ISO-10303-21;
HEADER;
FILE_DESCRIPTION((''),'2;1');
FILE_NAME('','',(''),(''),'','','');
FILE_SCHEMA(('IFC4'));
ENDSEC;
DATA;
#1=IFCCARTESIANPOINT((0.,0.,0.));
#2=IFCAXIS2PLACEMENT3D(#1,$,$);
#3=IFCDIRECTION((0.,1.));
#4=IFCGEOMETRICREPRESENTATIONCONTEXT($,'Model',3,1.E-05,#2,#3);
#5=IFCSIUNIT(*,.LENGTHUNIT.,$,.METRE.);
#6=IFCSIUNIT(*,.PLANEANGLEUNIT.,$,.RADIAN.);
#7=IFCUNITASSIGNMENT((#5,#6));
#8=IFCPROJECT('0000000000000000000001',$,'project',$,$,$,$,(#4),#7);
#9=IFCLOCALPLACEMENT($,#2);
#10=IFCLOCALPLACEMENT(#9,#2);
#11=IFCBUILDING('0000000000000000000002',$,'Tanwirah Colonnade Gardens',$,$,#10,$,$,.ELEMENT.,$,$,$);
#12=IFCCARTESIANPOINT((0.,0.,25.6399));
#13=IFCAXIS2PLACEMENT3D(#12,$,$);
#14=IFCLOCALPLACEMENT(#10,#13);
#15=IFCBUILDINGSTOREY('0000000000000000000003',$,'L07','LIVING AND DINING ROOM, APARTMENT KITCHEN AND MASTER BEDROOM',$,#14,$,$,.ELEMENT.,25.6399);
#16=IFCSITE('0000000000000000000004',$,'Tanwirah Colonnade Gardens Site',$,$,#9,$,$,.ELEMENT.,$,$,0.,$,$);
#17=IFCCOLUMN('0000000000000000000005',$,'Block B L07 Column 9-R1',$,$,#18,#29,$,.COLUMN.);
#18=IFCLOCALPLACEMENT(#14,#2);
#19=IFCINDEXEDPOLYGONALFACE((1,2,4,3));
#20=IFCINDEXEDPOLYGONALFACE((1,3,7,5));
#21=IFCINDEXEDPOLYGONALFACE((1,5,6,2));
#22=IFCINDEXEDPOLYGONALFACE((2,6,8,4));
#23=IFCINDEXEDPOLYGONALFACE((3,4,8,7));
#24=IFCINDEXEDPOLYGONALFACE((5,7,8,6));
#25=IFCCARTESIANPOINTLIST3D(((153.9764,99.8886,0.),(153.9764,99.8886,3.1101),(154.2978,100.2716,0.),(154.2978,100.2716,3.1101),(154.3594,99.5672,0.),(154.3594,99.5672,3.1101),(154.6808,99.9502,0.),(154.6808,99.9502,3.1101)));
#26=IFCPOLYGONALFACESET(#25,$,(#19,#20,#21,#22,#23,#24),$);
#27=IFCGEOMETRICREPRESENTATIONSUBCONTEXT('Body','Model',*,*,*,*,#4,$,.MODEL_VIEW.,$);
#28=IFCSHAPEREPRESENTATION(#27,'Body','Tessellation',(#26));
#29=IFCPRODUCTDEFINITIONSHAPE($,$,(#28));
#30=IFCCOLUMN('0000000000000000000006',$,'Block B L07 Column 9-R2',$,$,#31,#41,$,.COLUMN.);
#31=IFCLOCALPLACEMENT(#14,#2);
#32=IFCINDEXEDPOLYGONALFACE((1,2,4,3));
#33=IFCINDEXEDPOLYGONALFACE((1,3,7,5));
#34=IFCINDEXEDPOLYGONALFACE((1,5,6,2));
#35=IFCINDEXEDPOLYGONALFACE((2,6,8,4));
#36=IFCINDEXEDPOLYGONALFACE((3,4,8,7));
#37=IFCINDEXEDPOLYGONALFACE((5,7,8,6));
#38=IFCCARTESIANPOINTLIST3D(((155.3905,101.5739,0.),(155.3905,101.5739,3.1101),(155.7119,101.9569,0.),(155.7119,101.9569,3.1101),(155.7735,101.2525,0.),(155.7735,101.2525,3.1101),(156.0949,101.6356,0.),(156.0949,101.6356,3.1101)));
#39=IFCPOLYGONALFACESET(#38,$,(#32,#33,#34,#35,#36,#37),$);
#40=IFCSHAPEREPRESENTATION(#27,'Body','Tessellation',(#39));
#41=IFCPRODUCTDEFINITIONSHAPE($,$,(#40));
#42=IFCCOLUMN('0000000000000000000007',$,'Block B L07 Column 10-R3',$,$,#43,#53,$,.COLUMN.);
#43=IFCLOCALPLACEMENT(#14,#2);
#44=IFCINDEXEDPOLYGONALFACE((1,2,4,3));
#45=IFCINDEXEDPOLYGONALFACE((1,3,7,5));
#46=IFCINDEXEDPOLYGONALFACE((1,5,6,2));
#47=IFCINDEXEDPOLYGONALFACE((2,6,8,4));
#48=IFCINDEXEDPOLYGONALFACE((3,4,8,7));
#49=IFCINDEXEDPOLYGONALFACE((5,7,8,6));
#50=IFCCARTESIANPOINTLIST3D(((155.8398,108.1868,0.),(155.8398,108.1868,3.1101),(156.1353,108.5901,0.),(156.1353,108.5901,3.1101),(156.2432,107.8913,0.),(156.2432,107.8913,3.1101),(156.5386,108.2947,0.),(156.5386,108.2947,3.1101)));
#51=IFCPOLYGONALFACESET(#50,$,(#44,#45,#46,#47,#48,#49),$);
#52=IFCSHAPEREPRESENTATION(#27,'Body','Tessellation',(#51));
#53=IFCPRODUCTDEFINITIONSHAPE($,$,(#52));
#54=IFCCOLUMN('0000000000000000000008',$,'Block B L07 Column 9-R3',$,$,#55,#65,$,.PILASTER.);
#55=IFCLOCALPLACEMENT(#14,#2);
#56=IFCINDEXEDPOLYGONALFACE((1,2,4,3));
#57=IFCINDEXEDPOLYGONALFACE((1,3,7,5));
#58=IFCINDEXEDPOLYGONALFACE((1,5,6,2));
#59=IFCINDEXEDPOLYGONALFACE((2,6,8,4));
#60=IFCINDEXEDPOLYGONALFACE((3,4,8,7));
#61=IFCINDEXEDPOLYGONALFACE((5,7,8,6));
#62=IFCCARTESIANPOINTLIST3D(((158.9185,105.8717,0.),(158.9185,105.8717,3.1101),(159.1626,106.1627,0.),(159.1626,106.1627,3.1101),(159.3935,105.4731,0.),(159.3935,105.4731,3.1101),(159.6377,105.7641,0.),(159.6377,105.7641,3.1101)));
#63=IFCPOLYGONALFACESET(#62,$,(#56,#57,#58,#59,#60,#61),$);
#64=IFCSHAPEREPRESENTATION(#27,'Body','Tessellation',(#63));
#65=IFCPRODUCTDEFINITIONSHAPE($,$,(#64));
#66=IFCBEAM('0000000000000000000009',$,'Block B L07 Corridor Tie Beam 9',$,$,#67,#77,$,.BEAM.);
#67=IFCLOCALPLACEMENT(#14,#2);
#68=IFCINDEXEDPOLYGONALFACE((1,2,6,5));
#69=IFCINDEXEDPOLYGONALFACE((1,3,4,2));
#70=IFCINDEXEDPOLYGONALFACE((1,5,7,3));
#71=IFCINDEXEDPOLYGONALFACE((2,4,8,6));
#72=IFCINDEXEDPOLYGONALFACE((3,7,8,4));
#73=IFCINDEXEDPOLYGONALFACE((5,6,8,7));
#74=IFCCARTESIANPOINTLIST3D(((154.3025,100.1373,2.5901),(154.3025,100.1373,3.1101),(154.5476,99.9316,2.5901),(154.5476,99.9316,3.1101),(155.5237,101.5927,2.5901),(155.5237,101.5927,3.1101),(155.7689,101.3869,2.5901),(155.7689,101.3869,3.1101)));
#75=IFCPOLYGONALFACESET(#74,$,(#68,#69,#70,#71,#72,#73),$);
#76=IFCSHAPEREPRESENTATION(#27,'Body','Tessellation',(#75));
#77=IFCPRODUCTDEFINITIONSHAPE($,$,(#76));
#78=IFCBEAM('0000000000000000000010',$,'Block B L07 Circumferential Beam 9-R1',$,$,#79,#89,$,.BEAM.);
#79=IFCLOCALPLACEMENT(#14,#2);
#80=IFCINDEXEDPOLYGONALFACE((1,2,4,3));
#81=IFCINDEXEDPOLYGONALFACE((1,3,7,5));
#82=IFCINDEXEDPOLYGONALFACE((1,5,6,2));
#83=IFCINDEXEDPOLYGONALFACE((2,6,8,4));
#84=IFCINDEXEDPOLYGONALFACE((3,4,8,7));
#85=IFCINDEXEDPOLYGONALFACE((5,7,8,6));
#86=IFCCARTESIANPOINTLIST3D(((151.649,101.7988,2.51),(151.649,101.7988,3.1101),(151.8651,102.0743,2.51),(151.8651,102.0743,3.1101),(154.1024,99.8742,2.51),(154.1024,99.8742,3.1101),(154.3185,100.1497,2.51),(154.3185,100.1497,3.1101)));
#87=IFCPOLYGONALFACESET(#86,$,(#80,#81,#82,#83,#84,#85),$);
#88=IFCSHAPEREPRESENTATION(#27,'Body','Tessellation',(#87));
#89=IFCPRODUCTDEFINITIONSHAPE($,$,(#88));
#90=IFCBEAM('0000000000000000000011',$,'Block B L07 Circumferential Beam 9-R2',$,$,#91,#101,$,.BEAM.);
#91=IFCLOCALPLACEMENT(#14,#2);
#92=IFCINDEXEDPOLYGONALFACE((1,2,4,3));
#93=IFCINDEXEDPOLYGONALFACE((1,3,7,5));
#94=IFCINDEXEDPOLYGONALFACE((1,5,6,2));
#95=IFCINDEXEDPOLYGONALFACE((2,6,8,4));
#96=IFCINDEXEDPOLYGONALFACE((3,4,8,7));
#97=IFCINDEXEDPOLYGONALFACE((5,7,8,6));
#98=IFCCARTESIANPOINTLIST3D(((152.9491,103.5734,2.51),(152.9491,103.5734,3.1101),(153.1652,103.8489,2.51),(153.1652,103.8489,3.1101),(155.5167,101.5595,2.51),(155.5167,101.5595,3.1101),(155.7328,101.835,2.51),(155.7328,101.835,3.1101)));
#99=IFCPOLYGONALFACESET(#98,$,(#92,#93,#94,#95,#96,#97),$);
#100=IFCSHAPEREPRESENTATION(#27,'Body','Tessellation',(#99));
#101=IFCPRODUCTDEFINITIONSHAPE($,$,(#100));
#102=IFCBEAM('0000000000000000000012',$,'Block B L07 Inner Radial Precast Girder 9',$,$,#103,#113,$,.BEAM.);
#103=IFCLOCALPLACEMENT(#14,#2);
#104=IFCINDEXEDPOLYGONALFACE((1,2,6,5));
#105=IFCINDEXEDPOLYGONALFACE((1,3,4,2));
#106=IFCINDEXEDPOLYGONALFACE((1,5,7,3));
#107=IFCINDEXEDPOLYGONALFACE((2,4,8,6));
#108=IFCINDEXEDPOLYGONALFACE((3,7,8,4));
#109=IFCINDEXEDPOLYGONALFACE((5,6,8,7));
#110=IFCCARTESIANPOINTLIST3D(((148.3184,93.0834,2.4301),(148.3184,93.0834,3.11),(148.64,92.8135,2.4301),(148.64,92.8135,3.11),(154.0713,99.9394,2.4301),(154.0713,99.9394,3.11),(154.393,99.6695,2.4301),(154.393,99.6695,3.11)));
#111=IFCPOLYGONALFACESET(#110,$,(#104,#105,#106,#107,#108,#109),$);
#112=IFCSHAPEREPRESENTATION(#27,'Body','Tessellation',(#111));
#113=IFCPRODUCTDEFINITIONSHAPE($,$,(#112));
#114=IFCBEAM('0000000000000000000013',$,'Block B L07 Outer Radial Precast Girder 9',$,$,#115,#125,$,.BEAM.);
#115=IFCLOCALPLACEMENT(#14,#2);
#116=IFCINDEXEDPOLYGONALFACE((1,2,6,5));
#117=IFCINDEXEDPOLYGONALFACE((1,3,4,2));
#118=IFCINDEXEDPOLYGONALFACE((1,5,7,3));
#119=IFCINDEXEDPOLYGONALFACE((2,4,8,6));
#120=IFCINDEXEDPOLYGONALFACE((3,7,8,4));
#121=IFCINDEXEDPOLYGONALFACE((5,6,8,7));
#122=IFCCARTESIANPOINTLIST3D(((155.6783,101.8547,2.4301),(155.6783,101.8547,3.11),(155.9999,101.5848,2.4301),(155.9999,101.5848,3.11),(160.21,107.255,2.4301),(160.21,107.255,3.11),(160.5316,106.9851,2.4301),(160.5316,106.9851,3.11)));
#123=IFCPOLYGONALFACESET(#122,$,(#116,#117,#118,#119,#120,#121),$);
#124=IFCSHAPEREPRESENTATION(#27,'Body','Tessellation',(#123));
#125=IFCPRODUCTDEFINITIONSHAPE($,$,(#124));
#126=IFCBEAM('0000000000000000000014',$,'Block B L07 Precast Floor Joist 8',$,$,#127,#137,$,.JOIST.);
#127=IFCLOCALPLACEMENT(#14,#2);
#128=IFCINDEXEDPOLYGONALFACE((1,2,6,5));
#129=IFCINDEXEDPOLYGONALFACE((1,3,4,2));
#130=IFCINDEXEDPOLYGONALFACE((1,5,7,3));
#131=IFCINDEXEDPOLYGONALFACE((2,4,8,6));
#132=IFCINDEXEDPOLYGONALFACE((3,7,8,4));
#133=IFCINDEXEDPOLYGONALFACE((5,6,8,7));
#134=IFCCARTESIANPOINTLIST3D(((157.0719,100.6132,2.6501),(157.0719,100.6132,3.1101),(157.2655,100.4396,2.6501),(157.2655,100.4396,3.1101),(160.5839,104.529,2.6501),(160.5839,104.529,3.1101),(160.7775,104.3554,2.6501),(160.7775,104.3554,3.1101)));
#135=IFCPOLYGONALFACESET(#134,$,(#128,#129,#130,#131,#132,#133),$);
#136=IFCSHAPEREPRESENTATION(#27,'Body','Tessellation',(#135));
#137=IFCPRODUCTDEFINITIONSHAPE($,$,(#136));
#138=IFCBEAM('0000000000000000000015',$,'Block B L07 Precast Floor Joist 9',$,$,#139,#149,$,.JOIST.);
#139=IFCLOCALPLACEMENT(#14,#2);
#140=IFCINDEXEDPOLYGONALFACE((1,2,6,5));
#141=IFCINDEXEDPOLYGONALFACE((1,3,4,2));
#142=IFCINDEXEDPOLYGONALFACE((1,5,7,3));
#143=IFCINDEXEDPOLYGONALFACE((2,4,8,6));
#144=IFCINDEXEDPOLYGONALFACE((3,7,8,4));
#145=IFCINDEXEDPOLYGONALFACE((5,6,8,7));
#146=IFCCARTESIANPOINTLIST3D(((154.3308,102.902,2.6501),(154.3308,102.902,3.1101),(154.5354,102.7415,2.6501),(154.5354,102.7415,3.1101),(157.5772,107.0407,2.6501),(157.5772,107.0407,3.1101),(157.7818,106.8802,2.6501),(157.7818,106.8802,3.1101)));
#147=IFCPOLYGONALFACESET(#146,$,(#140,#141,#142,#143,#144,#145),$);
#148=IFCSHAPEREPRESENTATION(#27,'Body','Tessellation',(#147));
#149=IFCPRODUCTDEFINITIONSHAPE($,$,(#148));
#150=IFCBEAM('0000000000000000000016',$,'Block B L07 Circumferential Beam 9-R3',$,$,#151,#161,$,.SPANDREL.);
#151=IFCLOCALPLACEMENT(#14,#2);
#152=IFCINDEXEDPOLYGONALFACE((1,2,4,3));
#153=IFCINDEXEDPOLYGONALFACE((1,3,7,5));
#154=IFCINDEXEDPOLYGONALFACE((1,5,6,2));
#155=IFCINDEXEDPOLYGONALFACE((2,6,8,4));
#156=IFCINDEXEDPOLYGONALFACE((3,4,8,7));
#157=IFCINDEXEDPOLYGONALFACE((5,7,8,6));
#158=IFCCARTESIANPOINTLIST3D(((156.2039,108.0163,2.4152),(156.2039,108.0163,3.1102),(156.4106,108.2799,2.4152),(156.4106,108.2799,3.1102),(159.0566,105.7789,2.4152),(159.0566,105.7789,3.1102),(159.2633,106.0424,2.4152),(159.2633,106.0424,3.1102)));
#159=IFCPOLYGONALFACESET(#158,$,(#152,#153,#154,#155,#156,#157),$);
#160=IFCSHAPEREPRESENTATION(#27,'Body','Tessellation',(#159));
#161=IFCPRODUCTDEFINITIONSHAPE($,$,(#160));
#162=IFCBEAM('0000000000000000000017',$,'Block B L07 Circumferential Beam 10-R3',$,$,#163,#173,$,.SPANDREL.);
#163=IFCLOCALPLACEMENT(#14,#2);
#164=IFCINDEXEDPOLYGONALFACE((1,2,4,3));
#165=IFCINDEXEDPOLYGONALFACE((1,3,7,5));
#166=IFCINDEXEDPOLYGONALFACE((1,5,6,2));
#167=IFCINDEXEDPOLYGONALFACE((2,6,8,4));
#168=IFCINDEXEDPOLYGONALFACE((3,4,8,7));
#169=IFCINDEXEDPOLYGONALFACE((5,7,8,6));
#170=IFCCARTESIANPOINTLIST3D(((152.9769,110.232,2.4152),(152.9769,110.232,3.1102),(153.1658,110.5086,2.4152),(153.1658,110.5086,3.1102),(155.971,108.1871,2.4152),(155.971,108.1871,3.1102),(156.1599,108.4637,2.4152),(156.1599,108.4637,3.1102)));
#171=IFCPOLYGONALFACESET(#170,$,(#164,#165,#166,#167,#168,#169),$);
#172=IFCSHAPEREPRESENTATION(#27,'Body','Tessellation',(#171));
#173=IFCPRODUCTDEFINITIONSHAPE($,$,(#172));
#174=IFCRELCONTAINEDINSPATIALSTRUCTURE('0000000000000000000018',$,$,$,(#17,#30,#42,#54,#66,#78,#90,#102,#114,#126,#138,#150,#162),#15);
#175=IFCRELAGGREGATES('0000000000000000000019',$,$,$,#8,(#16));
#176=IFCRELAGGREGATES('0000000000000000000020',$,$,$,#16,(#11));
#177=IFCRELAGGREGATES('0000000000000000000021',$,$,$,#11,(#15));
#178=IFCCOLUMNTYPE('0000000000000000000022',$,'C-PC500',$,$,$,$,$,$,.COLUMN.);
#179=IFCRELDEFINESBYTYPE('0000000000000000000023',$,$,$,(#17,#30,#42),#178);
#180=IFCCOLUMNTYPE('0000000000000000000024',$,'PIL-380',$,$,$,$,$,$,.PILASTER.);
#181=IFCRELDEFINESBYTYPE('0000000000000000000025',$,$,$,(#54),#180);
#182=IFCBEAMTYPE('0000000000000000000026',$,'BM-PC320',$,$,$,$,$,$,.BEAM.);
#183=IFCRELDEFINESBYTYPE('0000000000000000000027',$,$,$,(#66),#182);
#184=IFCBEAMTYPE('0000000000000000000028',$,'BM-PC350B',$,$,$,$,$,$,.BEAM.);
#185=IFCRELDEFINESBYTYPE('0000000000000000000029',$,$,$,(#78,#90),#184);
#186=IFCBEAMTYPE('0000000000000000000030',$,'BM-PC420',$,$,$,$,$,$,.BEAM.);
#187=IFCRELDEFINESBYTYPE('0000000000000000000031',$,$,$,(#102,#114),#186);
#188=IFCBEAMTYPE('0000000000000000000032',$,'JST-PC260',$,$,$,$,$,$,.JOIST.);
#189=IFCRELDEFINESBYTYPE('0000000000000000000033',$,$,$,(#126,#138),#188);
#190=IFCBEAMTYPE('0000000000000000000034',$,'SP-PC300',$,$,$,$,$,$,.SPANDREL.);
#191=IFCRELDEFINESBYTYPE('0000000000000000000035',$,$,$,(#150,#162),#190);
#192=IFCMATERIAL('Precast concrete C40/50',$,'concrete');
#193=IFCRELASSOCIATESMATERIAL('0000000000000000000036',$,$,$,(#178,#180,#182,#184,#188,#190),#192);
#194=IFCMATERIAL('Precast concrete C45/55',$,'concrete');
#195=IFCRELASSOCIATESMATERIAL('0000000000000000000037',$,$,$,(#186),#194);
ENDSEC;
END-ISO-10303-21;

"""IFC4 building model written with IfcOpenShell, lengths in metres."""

from ifc_helpers import new_model, si_unit, direction, frame, origin, origin_2d, place, context, subcontext, project, spatial, rectangle, extrude, material, material_profile, profile_set, type_object, element, save


model = new_model("IFC4")

# Units and contexts
model_context = context("Model", 3, precision=1e-05, world=origin(), true_north=direction((0.0, 1.0)))
body_context = subcontext(model_context, "Body", "Model", "MODEL_VIEW")
ifc_project = project(units=[si_unit("LENGTHUNIT", "METRE"), si_unit("PLANEANGLEUNIT", "RADIAN")], contexts=[model_context])

# Site, building, storey
site_placement = place(None, origin())
site = spatial("IfcSite", under=ifc_project, at=site_placement, Name="Tanwirah Colonnade Gardens Site", CompositionType="ELEMENT", RefElevation=0.0)
building_placement = place(site_placement, origin())
building = spatial("IfcBuilding", under=site, at=building_placement, Name="Tanwirah Colonnade Gardens", CompositionType="ELEMENT")
storey_placement = place(building_placement, frame((0.0, 0.0, 25.6399)))
storey = spatial("IfcBuildingStorey", under=building, at=storey_placement, Name="L07", Description="LIVING AND DINING ROOM, APARTMENT KITCHEN AND MASTER BEDROOM", CompositionType="ELEMENT", Elevation=25.6399)

# Columns
ifc_material_1 = material(Name="Precast concrete C40/50", Category="concrete")
ifc_material_profile_1 = material_profile(ifc_material_1, rectangle(XDim=0.5, YDim=0.5, at=origin_2d()), Name="PC-COL 500x500")
ifc_profile_set_1 = profile_set([ifc_material_profile_1], Name="Precast concrete C40/50")
column_type_1 = type_object("IfcColumnType", Name="C-PC500", PredefinedType="COLUMN", material=ifc_profile_set_1)
for number, where, z_axis, x_axis, name in (
    (1, (154.3286, 99.9194, 0.0), (0.0, 0.0, 1.0), (0.642788, 0.766044, 0.0), "Block B L07 Column 9-R1"),
    (2, (155.7427, 101.6047, 0.0), (0.0, 0.0, 1.0), (0.642788, 0.766044, 0.0), "Block B L07 Column 9-R2"),
    (3, (156.1892, 108.2407, 0.0), (0.0, 0.0, 1.0), (0.590919, 0.806731, 0.0), "Block B L07 Column 10-R3"),
):
    element("IfcColumn", number, at=place(storey_placement, frame(where, z_axis=z_axis, x_axis=x_axis)), inside=storey, type_object=column_type_1, Name=name, PredefinedType="COLUMN", context=body_context, shape_type="SweptSolid", body=[
        extrude(rectangle(XDim=0.5, YDim=0.5, at=origin_2d()), origin(), (0.0, 0.0, 1.0), 3.1101),
    ])
ifc_material_profile_2 = material_profile(ifc_material_1, rectangle(XDim=0.3799, YDim=0.6201, at=origin_2d()), Name="PC-PIL 380x620")
ifc_profile_set_2 = profile_set([ifc_material_profile_2], Name="Precast concrete C40/50")
column_type_2 = type_object("IfcColumnType", Name="PIL-380", PredefinedType="PILASTER", material=ifc_profile_set_2)
column_placement = place(storey_placement, frame((159.2781, 105.8179, 0.0), z_axis=(0.0, 0.0, 1.0), x_axis=(0.642788, 0.766044, 0.0)))
element("IfcColumn", 4, at=column_placement, inside=storey, type_object=column_type_2, Name="Block B L07 Column 9-R3", PredefinedType="PILASTER", context=body_context, shape_type="SweptSolid", body=[
    extrude(rectangle(XDim=0.3799, YDim=0.6201, at=origin_2d()), origin(), (0.0, 0.0, 1.0), 3.1101),
])

# Beams
ifc_material_profile_3 = material_profile(ifc_material_1, rectangle(XDim=0.3201, YDim=0.52, at=origin_2d()), Name="PC-BM 320x520")
ifc_profile_set_3 = profile_set([ifc_material_profile_3], Name="Precast concrete C40/50")
beam_type_1 = type_object("IfcBeamType", Name="BM-PC320", PredefinedType="BEAM", material=ifc_profile_set_3)
beam_1_placement = place(storey_placement, frame((154.425, 100.0344, 2.8501), z_axis=(0.642797, 0.766036, 0.0), x_axis=(-0.766036, 0.642797, 0.0)))
element("IfcBeam", 5, at=beam_1_placement, inside=storey, type_object=beam_type_1, Name="Block B L07 Corridor Tie Beam 9", PredefinedType="BEAM", context=body_context, shape_type="SweptSolid", body=[
    extrude(rectangle(XDim=0.3201, YDim=0.52, at=origin_2d()), origin(), (0.0, 0.0, 1.0), 1.8999),
])
ifc_material_profile_4 = material_profile(ifc_material_1, rectangle(XDim=0.3501, YDim=0.6001, at=origin_2d()), Name="PC-BM 350x600")
ifc_profile_set_4 = profile_set([ifc_material_profile_4], Name="Precast concrete C40/50")
beam_type_2 = type_object("IfcBeamType", Name="BM-PC350B", PredefinedType="BEAM", material=ifc_profile_set_4)
beam_2_placement = place(storey_placement, frame((154.2104, 100.012, 2.8101), z_axis=(-0.786799, 0.617209, 0.0), x_axis=(-0.617209, -0.786799, 0.0)))
element("IfcBeam", 6, at=beam_2_placement, inside=storey, type_object=beam_type_2, Name="Block B L07 Circumferential Beam 9-R1", PredefinedType="BEAM", context=body_context, shape_type="SweptSolid", body=[
    extrude(rectangle(XDim=0.3501, YDim=0.6001, at=origin_2d()), origin(), (0.0, 0.0, 1.0), 3.1182),
])
beam_3_placement = place(storey_placement, frame((155.6248, 101.6973, 2.8101), z_axis=(-0.78684, 0.617157, 0.0), x_axis=(-0.617157, -0.78684, 0.0)))
element("IfcBeam", 7, at=beam_3_placement, inside=storey, type_object=beam_type_2, Name="Block B L07 Circumferential Beam 9-R2", PredefinedType="BEAM", context=body_context, shape_type="SweptSolid", body=[
    extrude(rectangle(XDim=0.3501, YDim=0.6001, at=origin_2d()), origin(), (0.0, 0.0, 1.0), 3.2632),
])
ifc_material_2 = material(Name="Precast concrete C45/55", Category="concrete")
ifc_material_profile_5 = material_profile(ifc_material_2, rectangle(XDim=0.4199, YDim=0.6799, at=origin_2d()), Name="PC-BM 420x680")
ifc_profile_set_5 = profile_set([ifc_material_profile_5], Name="Precast concrete C45/55")
beam_type_3 = type_object("IfcBeamType", Name="BM-PC420", PredefinedType="BEAM", material=ifc_profile_set_5)
beam_4_placement = place(storey_placement, frame((154.2322, 99.8044, 2.77), z_axis=(-0.642794, -0.766039, 0.0), x_axis=(0.766039, -0.642794, 0.0)))
element("IfcBeam", 8, at=beam_4_placement, inside=storey, type_object=beam_type_3, Name="Block B L07 Inner Radial Precast Girder 9", PredefinedType="BEAM", context=body_context, shape_type="SweptSolid", body=[
    extrude(rectangle(XDim=0.4199, YDim=0.6799, at=origin_2d()), origin(), (0.0, 0.0, 1.0), 8.95),
])
beam_5_placement = place(storey_placement, frame((155.8391, 101.7197, 2.77), z_axis=(0.64281, 0.766025, 0.0), x_axis=(-0.766025, 0.64281, 0.0)))
element("IfcBeam", 9, at=beam_5_placement, inside=storey, type_object=beam_type_3, Name="Block B L07 Outer Radial Precast Girder 9", PredefinedType="BEAM", context=body_context, shape_type="SweptSolid", body=[
    extrude(rectangle(XDim=0.4199, YDim=0.6799, at=origin_2d()), origin(), (0.0, 0.0, 1.0), 7.0498),
])
ifc_material_profile_6 = material_profile(ifc_material_1, rectangle(XDim=0.26, YDim=0.46, at=origin_2d()), Name="PC-JST 260x460")
ifc_profile_set_6 = profile_set([ifc_material_profile_6], Name="Precast concrete C40/50")
beam_type_4 = type_object("IfcBeamType", Name="JST-PC260", PredefinedType="JOIST", material=ifc_profile_set_6)
for number, where, z_axis, x_axis, name in (
    (10, (157.1687, 100.5264, 2.8801), (0.667679, 0.744449, 0.0), (-0.744449, 0.667679, 0.0), "Block B L07 Precast Floor Joist 8"),
    (11, (154.4331, 102.8218, 2.8801), (0.617178, 0.786824, 0.0), (-0.786824, 0.617178, 0.0), "Block B L07 Precast Floor Joist 9"),
):
    element("IfcBeam", number, at=place(storey_placement, frame(where, z_axis=z_axis, x_axis=x_axis)), inside=storey, type_object=beam_type_4, Name=name, PredefinedType="JOIST", context=body_context, shape_type="SweptSolid", body=[
        extrude(rectangle(XDim=0.26, YDim=0.46, at=origin_2d()), origin(), (0.0, 0.0, 1.0), 5.26),
    ])
ifc_material_profile_7 = material_profile(ifc_material_1, rectangle(XDim=0.335, YDim=0.6951, at=origin_2d()), Name="PC-SP 335x695")
ifc_profile_set_7 = profile_set([ifc_material_profile_7], Name="Precast concrete C40/50")
beam_type_5 = type_object("IfcBeamType", Name="SP-PC300", PredefinedType="SPANDREL", material=ifc_profile_set_7)
beam_6_placement = place(storey_placement, frame((159.1599, 105.9106, 2.7627), z_axis=(-0.786844, 0.617152, 0.0), x_axis=(-0.617152, -0.786844, 0.0)))
element("IfcBeam", 12, at=beam_6_placement, inside=storey, type_object=beam_type_5, Name="Block B L07 Circumferential Beam 9-R3", PredefinedType="SPANDREL", context=body_context, shape_type="SweptSolid", body=[
    extrude(rectangle(XDim=0.335, YDim=0.6951, at=origin_2d()), origin(), (0.0, 0.0, 1.0), 3.6255),
])
beam_7_placement = place(storey_placement, frame((156.0654, 108.3254, 2.7627), z_axis=(-0.825783, 0.563989, 0.0), x_axis=(-0.563989, -0.825783, 0.0)))
element("IfcBeam", 13, at=beam_7_placement, inside=storey, type_object=beam_type_5, Name="Block B L07 Circumferential Beam 10-R3", PredefinedType="SPANDREL", context=body_context, shape_type="SweptSolid", body=[
    extrude(rectangle(XDim=0.335, YDim=0.6951, at=origin_2d()), origin(), (0.0, 0.0, 1.0), 3.6257),
])

save(model, "model.ifc")
